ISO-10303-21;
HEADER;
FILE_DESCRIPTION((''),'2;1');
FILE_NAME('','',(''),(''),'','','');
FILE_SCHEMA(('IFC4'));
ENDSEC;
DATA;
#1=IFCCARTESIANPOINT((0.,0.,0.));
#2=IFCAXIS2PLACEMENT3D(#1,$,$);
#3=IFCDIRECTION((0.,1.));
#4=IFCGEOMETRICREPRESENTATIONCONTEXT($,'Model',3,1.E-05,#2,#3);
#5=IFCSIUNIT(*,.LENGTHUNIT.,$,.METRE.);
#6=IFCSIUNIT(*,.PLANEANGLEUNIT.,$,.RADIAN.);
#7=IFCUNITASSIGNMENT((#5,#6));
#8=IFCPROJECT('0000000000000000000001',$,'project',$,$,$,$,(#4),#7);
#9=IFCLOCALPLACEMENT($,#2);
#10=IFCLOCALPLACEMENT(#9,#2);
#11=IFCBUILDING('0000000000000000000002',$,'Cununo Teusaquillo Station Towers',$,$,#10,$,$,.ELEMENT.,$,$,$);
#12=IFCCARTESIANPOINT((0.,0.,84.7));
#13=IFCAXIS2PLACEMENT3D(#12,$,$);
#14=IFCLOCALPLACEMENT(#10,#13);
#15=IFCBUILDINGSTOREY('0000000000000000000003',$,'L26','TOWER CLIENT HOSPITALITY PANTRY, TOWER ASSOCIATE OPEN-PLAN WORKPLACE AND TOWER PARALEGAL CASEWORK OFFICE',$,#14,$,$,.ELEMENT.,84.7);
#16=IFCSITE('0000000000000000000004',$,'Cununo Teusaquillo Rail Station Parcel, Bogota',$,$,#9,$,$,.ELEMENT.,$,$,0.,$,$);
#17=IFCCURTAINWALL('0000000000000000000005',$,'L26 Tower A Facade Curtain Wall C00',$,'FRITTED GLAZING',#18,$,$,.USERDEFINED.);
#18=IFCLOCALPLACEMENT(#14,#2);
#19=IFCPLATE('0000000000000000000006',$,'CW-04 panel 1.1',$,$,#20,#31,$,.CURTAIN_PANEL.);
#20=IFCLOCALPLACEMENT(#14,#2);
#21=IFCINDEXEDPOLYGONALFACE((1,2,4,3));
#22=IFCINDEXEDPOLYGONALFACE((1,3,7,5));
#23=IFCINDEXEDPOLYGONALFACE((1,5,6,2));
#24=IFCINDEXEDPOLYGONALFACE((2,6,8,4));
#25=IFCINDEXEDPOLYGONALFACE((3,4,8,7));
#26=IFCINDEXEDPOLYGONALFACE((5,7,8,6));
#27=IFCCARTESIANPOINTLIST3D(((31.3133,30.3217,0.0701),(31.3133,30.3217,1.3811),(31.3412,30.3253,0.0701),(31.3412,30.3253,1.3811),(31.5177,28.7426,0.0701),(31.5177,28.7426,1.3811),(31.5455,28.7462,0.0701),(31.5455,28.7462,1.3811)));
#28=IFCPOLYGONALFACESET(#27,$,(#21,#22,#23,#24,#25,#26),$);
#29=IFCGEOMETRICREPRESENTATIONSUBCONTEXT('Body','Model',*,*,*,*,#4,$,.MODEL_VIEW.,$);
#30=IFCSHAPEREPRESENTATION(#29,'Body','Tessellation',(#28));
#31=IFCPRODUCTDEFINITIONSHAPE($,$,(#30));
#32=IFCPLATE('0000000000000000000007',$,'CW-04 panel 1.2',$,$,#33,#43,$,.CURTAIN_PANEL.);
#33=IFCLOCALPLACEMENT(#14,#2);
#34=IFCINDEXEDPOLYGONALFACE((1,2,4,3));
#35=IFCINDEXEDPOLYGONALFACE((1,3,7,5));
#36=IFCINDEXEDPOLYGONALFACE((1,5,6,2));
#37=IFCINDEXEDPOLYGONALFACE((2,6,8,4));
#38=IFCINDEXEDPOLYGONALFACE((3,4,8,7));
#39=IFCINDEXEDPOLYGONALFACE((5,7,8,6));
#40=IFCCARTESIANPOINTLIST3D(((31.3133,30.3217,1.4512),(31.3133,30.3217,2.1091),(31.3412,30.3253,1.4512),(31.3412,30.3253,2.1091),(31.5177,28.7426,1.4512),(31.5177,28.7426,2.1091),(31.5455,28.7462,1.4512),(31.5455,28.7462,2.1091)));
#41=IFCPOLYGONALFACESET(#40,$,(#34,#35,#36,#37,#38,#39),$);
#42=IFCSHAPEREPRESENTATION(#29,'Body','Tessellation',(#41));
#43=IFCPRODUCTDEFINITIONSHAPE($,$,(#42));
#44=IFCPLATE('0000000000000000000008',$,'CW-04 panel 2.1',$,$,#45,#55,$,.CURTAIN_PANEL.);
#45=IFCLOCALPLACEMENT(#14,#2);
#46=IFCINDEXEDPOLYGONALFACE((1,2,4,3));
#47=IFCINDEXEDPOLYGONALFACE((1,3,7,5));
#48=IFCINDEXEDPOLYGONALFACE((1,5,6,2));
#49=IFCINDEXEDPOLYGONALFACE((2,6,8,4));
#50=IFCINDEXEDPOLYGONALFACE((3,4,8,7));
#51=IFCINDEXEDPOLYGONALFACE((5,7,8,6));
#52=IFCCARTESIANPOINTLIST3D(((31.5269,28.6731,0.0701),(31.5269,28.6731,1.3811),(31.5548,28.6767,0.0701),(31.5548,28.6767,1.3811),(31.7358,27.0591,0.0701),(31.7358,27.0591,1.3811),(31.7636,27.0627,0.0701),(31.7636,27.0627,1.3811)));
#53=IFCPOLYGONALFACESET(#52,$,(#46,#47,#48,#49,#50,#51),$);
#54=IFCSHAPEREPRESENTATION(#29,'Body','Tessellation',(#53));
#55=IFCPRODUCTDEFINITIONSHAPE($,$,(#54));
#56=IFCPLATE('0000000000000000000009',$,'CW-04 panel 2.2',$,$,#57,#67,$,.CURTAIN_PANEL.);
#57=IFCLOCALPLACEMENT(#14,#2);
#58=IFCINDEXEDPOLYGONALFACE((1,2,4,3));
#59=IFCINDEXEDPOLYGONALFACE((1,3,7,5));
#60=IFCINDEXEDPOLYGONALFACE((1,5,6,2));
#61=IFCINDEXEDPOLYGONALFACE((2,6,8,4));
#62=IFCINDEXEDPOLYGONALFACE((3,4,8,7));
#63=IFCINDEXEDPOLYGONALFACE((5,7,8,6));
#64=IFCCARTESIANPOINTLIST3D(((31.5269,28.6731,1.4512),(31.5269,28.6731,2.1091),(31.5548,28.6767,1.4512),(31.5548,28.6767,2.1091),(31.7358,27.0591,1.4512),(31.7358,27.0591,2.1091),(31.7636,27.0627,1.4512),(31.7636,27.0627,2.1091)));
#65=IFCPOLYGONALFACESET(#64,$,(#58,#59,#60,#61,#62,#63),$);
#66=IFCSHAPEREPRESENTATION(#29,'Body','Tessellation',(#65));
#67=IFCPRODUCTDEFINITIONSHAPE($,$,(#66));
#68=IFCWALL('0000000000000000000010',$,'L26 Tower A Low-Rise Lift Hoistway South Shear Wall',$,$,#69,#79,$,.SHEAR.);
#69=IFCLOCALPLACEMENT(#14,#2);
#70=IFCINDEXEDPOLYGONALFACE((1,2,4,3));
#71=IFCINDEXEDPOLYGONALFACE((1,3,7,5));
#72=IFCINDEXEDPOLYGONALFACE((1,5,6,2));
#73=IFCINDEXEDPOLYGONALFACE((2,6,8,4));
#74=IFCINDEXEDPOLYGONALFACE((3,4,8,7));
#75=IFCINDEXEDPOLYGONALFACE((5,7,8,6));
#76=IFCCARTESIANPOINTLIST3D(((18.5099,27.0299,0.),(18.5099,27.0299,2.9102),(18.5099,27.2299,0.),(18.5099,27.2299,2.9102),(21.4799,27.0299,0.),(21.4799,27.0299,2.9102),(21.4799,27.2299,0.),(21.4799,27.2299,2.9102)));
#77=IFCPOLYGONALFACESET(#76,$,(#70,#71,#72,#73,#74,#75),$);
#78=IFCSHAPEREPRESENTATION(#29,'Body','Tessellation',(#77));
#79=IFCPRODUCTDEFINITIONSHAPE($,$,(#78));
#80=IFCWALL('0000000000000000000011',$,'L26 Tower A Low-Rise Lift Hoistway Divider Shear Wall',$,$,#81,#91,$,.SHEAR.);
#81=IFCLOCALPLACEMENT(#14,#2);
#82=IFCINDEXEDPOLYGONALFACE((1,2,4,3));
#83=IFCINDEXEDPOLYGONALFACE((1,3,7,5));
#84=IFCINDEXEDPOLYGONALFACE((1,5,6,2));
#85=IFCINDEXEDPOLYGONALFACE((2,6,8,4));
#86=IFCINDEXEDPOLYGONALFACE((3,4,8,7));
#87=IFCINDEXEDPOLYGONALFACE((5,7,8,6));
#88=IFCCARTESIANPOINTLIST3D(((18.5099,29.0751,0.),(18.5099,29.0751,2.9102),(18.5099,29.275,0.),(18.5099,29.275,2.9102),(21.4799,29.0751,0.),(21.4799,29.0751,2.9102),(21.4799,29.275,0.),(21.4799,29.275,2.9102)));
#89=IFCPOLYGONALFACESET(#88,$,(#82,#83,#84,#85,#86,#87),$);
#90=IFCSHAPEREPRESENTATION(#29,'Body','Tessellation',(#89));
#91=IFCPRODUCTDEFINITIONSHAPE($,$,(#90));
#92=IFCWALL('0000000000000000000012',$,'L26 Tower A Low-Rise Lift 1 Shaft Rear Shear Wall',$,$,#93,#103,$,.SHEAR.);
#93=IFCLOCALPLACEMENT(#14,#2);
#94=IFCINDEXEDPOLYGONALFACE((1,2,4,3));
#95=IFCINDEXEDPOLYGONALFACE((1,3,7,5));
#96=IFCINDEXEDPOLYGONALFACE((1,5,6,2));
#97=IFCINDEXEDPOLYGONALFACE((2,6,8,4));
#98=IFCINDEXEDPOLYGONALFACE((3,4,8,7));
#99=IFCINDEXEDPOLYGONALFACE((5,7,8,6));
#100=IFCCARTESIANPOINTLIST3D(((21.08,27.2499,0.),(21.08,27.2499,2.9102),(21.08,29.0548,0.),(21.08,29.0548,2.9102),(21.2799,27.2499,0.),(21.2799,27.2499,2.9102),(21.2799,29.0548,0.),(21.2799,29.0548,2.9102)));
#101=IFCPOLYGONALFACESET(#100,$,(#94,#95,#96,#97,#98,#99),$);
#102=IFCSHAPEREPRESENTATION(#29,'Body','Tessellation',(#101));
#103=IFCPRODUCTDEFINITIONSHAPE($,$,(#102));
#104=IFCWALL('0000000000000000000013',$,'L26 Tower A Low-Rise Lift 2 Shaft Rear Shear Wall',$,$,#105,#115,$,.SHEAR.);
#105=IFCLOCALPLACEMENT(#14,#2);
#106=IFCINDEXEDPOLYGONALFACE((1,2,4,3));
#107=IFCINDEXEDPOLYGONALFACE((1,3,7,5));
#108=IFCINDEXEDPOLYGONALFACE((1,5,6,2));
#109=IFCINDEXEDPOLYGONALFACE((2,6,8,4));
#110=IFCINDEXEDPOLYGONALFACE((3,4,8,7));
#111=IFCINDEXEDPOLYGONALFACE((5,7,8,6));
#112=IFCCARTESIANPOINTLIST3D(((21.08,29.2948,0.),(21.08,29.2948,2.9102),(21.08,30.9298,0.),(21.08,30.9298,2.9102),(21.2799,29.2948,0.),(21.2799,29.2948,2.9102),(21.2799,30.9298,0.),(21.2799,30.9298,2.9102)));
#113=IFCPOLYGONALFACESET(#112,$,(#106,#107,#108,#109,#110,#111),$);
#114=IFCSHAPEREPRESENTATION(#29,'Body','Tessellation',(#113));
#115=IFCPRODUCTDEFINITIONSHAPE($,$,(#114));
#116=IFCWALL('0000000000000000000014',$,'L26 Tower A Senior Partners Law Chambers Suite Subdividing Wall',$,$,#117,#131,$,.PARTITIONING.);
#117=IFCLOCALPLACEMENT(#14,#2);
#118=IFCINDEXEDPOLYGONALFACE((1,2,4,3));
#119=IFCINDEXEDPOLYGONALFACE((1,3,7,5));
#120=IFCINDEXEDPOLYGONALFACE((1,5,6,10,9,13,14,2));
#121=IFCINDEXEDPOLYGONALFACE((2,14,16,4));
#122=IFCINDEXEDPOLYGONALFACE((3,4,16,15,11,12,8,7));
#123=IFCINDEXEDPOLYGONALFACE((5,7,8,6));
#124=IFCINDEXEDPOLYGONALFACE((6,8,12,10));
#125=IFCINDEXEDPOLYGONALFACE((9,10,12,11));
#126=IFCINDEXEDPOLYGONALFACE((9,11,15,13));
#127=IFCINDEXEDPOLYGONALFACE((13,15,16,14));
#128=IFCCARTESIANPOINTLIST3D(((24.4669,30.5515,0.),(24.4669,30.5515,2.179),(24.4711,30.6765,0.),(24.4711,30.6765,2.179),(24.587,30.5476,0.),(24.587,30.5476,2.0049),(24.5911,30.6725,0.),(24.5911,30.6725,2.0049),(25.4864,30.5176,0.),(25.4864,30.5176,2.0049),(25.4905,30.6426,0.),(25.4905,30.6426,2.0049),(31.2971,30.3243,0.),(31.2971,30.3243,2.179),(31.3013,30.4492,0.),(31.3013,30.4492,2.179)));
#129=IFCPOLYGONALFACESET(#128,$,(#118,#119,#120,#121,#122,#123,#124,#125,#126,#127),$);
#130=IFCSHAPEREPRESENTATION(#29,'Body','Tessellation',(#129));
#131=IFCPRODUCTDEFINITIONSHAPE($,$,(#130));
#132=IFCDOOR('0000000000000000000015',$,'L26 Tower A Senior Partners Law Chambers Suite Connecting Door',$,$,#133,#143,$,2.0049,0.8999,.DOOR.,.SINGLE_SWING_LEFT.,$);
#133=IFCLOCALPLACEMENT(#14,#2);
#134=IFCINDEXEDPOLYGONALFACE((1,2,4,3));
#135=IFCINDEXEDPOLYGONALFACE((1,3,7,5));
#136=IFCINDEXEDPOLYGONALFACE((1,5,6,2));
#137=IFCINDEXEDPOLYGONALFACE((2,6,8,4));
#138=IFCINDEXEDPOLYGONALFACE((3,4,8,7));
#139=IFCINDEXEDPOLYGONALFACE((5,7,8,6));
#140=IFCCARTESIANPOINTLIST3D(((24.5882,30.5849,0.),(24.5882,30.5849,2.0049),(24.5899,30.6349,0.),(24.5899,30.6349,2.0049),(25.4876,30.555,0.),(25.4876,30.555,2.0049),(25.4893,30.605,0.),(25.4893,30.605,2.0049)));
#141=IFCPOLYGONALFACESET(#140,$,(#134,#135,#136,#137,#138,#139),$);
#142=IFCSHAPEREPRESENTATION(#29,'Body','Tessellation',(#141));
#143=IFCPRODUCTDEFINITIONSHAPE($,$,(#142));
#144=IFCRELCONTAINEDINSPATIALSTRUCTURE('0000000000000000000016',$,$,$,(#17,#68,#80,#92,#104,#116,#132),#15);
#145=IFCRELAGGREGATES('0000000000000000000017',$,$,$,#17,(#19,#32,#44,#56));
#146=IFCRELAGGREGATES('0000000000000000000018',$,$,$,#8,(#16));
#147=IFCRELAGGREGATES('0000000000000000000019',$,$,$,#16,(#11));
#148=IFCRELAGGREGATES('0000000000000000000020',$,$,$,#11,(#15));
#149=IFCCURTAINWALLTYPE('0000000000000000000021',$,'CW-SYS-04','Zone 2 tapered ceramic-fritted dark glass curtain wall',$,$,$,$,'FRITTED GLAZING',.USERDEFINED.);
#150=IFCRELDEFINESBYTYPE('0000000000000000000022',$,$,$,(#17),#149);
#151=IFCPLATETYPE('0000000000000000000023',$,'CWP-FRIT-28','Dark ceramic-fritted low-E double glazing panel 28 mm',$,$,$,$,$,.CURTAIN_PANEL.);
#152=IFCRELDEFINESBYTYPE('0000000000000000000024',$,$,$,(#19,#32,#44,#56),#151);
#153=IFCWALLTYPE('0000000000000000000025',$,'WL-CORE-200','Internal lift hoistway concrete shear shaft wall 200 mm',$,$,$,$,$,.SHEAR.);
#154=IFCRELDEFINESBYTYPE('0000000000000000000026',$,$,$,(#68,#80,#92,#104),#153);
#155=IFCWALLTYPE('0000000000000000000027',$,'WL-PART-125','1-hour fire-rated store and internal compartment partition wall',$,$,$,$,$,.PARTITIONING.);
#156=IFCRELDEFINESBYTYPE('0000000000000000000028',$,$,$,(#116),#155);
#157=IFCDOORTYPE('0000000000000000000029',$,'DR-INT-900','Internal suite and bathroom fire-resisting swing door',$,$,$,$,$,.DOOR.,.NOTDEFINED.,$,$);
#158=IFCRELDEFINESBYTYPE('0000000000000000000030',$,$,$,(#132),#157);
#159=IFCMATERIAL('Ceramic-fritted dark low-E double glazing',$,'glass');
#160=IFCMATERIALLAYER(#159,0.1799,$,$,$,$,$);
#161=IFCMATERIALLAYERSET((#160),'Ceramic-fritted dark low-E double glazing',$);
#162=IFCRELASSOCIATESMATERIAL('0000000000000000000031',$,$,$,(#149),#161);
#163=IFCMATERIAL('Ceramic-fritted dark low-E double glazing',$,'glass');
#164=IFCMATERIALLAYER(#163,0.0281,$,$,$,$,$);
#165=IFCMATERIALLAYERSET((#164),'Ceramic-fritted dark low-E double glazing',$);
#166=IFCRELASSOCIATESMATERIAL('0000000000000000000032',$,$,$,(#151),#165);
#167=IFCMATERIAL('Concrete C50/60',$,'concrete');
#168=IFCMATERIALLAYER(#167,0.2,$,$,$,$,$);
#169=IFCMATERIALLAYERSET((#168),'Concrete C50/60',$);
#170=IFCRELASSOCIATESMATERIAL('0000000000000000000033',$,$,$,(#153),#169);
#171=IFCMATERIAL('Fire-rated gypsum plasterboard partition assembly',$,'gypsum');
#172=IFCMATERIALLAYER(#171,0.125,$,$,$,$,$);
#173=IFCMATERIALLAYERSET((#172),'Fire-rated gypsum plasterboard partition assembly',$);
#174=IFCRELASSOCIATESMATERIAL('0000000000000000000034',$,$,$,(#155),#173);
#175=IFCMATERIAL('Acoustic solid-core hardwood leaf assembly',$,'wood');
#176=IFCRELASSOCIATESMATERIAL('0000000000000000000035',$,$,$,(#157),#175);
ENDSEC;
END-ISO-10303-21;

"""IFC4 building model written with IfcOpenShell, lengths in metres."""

from ifc_helpers import new_model, si_unit, direction, frame, frame_2d, origin, origin_2d, place, context, subcontext, project, spatial, rectangle, extrude, source, transform, mapped, material, layer, layer_set, type_object, element, fill, aggregate, save


model = new_model("IFC4")

# Units and contexts
model_context = context("Model", 3, precision=1e-05, world=origin(), true_north=direction((0.0, 1.0)))
body_context = subcontext(model_context, "Body", "Model", "MODEL_VIEW")
ifc_project = project(units=[si_unit("LENGTHUNIT", "METRE"), si_unit("PLANEANGLEUNIT", "RADIAN")], contexts=[model_context])

# Site, building, storey
site_placement = place(None, origin())
site = spatial("IfcSite", under=ifc_project, at=site_placement, Name="Cununo Teusaquillo Rail Station Parcel, Bogota", CompositionType="ELEMENT", RefElevation=0.0)
building_placement = place(site_placement, origin())
building = spatial("IfcBuilding", under=site, at=building_placement, Name="Cununo Teusaquillo Station Towers", CompositionType="ELEMENT")
storey_placement = place(building_placement, frame((0.0, 0.0, 84.7)))
storey = spatial("IfcBuildingStorey", under=building, at=storey_placement, Name="L26", Description="TOWER CLIENT HOSPITALITY PANTRY, TOWER ASSOCIATE OPEN-PLAN WORKPLACE AND TOWER PARALEGAL CASEWORK OFFICE", CompositionType="ELEMENT", Elevation=84.7)

# Curtain wall, plates
ifc_material_1 = material(Name="Ceramic-fritted dark low-E double glazing", Category="glass")
ifc_layer_1 = layer(ifc_material_1, 0.1799)
ifc_layer_set_1 = layer_set([ifc_layer_1], Name="Ceramic-fritted dark low-E double glazing")
curtain_wall_type = type_object("IfcCurtainWallType", Name="CW-SYS-04", Description="Zone 2 tapered ceramic-fritted dark glass curtain wall", ElementType="FRITTED GLAZING", PredefinedType="USERDEFINED", material=ifc_layer_set_1)
curtain_wall_placement = place(storey_placement, origin())
curtain_wall = element("IfcCurtainWall", 1, at=curtain_wall_placement, inside=storey, type_object=curtain_wall_type, Name="L26 Tower A Facade Curtain Wall C00", ObjectType="FRITTED GLAZING", PredefinedType="USERDEFINED")
ifc_material_2 = material(Name="Ceramic-fritted dark low-E double glazing", Category="glass")
ifc_layer_2 = layer(ifc_material_2, 0.0281)
ifc_layer_set_2 = layer_set([ifc_layer_2], Name="Ceramic-fritted dark low-E double glazing")
plate_type = type_object("IfcPlateType", Name="CWP-FRIT-28", Description="Dark ceramic-fritted low-E double glazing panel 28 mm", PredefinedType="CURTAIN_PANEL", material=ifc_layer_set_2)
shared_shape_1 = source(origin(), body_context, "Body", "SweptSolid", [
    extrude(rectangle(XDim=1.5923, YDim=0.0281, at=origin_2d()), origin(), (0.0, 0.0, 1.0), 1.311),
])
plate_1_placement = place(storey_placement, frame((31.4294, 29.5339, 0.0701), z_axis=(0.0, 0.0, 1.0), x_axis=(0.128336, -0.991731, 0.0)))
plate_1 = element("IfcPlate", 2, at=plate_1_placement, type_object=plate_type, Name="CW-04 panel 1.1", PredefinedType="CURTAIN_PANEL", context=body_context, shape_type="MappedRepresentation", body=[
    mapped(shared_shape_1, transform((0.0, 0.0, 0.0), x_axis=(1.0, 0.0, 0.0), y_axis=(0.0, 1.0, 0.0), z_axis=(0.0, 0.0, 1.0), scale=1.0)),
])
shared_shape_2 = source(origin(), body_context, "Body", "SweptSolid", [
    extrude(rectangle(XDim=1.5923, YDim=0.0281, at=origin_2d()), origin(), (0.0, 0.0, 1.0), 0.658),
])
plate_2_placement = place(storey_placement, frame((31.4294, 29.5339, 1.4512), z_axis=(0.0, 0.0, 1.0), x_axis=(0.128336, -0.991731, 0.0)))
plate_2 = element("IfcPlate", 3, at=plate_2_placement, type_object=plate_type, Name="CW-04 panel 1.2", PredefinedType="CURTAIN_PANEL", context=body_context, shape_type="MappedRepresentation", body=[
    mapped(shared_shape_2, transform((0.0, 0.0, 0.0), x_axis=(1.0, 0.0, 0.0), y_axis=(0.0, 1.0, 0.0), z_axis=(0.0, 0.0, 1.0), scale=1.0)),
])
shared_shape_3 = source(origin(), body_context, "Body", "SweptSolid", [
    extrude(rectangle(XDim=1.6274, YDim=0.0281, at=origin_2d()), origin(), (0.0, 0.0, 1.0), 1.311),
])
plate_3_placement = place(storey_placement, frame((31.6453, 27.8679, 0.0701), z_axis=(0.0, 0.0, 1.0), x_axis=(0.128336, -0.991731, 0.0)))
plate_3 = element("IfcPlate", 4, at=plate_3_placement, type_object=plate_type, Name="CW-04 panel 2.1", PredefinedType="CURTAIN_PANEL", context=body_context, shape_type="MappedRepresentation", body=[
    mapped(shared_shape_3, transform((0.0, 0.0, 0.0), x_axis=(1.0, 0.0, 0.0), y_axis=(0.0, 1.0, 0.0), z_axis=(0.0, 0.0, 1.0), scale=1.0)),
])
shared_shape_4 = source(origin(), body_context, "Body", "SweptSolid", [
    extrude(rectangle(XDim=1.6274, YDim=0.0281, at=origin_2d()), origin(), (0.0, 0.0, 1.0), 0.658),
])
plate_4_placement = place(storey_placement, frame((31.6453, 27.8679, 1.4512), z_axis=(0.0, 0.0, 1.0), x_axis=(0.128336, -0.991731, 0.0)))
plate_4 = element("IfcPlate", 5, at=plate_4_placement, type_object=plate_type, Name="CW-04 panel 2.2", PredefinedType="CURTAIN_PANEL", context=body_context, shape_type="MappedRepresentation", body=[
    mapped(shared_shape_4, transform((0.0, 0.0, 0.0), x_axis=(1.0, 0.0, 0.0), y_axis=(0.0, 1.0, 0.0), z_axis=(0.0, 0.0, 1.0), scale=1.0)),
])
aggregate(curtain_wall, [plate_1, plate_2, plate_3, plate_4])

# Walls
ifc_material_3 = material(Name="Concrete C50/60", Category="concrete")
ifc_layer_3 = layer(ifc_material_3, 0.2)
ifc_layer_set_3 = layer_set([ifc_layer_3], Name="Concrete C50/60")
wall_type_1 = type_object("IfcWallType", Name="WL-CORE-200", Description="Internal lift hoistway concrete shear shaft wall 200 mm", PredefinedType="SHEAR", material=ifc_layer_set_3)
for number, where, z_axis, x_axis, name in (
    (6, (18.51, 27.1299, 0.0), (0.0, 0.0, 1.0), (1.0, 0.0, 0.0), "L26 Tower A Low-Rise Lift Hoistway South Shear Wall"),
    (7, (18.51, 29.175, 0.0), (0.0, 0.0, 1.0), (1.0, 0.0, 0.0), "L26 Tower A Low-Rise Lift Hoistway Divider Shear Wall"),
):
    element("IfcWall", number, at=place(storey_placement, frame(where, z_axis=z_axis, x_axis=x_axis)), inside=storey, type_object=wall_type_1, Name=name, PredefinedType="SHEAR", context=body_context, shape_type="SweptSolid", body=[
        extrude(rectangle(XDim=2.97, YDim=0.2, at=frame_2d((1.4849, 0.0))), origin(), (0.0, 0.0, 1.0), 2.9102),
    ])
wall_1_placement = place(storey_placement, frame((21.1799, 27.25, 0.0), z_axis=(0.0, 0.0, 1.0), x_axis=(0.0, 1.0, 0.0)))
element("IfcWall", 8, at=wall_1_placement, inside=storey, type_object=wall_type_1, Name="L26 Tower A Low-Rise Lift 1 Shaft Rear Shear Wall", PredefinedType="SHEAR", context=body_context, shape_type="SweptSolid", body=[
    extrude(rectangle(XDim=1.8049, YDim=0.2, at=frame_2d((0.9023, 0.0))), origin(), (0.0, 0.0, 1.0), 2.9102),
])
wall_2_placement = place(storey_placement, frame((21.1799, 29.2949, 0.0), z_axis=(0.0, 0.0, 1.0), x_axis=(0.0, 1.0, 0.0)))
element("IfcWall", 9, at=wall_2_placement, inside=storey, type_object=wall_type_1, Name="L26 Tower A Low-Rise Lift 2 Shaft Rear Shear Wall", PredefinedType="SHEAR", context=body_context, shape_type="SweptSolid", body=[
    extrude(rectangle(XDim=1.635, YDim=0.2, at=frame_2d((0.8174, 0.0))), origin(), (0.0, 0.0, 1.0), 2.9102),
])

# Wall, opening, door
ifc_material_4 = material(Name="Fire-rated gypsum plasterboard partition assembly", Category="gypsum")
ifc_layer_4 = layer(ifc_material_4, 0.125)
ifc_layer_set_4 = layer_set([ifc_layer_4], Name="Fire-rated gypsum plasterboard partition assembly")
wall_type_2 = type_object("IfcWallType", Name="WL-PART-125", Description="1-hour fire-rated store and internal compartment partition wall", PredefinedType="PARTITIONING", material=ifc_layer_set_4)
wall_3_placement = place(storey_placement, frame((24.469, 30.614, 0.0), z_axis=(0.0, 0.0, 1.0), x_axis=(0.999447, -0.033259, 0.0)))
wall_3 = element("IfcWall", 10, at=wall_3_placement, inside=storey, type_object=wall_type_2, Name="L26 Tower A Senior Partners Law Chambers Suite Subdividing Wall", PredefinedType="PARTITIONING", context=body_context, shape_type="SweptSolid", body=[
    extrude(rectangle(XDim=6.834, YDim=0.125, at=frame_2d((3.417, 0.0))), origin(), (0.0, 0.0, 1.0), 2.179),
])
shared_shape_5 = source(origin(), body_context, "Body", "SweptSolid", [
    extrude(rectangle(XDim=0.8999, YDim=2.0049, at=frame_2d((0.45, 1.0024))), frame((0.0, 0.0725, 0.0), z_axis=(0.0, -1.0, 0.0), x_axis=(1.0, 0.0, 0.0)), (0.0, 0.0, 1.0), 0.145),
])
opening_1_placement = place(wall_3_placement, frame((0.1201, 0.0, 0.0)))
opening_1 = element("IfcOpeningElement", 11, at=opening_1_placement, cuts=wall_3, PredefinedType="OPENING", context=body_context, shape_type="MappedRepresentation", body=[
    mapped(shared_shape_5, transform((0.0, 0.0, 0.0), x_axis=(1.0, 0.0, 0.0), y_axis=(0.0, 1.0, 0.0), z_axis=(0.0, 0.0, 1.0), scale=1.0)),
])
ifc_material_5 = material(Name="Acoustic solid-core hardwood leaf assembly", Category="wood")
door_type_1 = type_object("IfcDoorType", Name="DR-INT-900", Description="Internal suite and bathroom fire-resisting swing door", OperationType="NOTDEFINED", PredefinedType="DOOR", material=ifc_material_5)
shared_shape_6 = source(origin(), body_context, "Body", "SweptSolid", [
    extrude(rectangle(XDim=0.8999, YDim=2.0049, at=frame_2d((0.45, 1.0024))), frame((0.0, 0.0249, 0.0), z_axis=(0.0, -1.0, 0.0), x_axis=(1.0, 0.0, 0.0)), (0.0, 0.0, 1.0), 0.05),
])
door_1_placement = place(opening_1_placement, origin())
door_1 = element("IfcDoor", 12, at=door_1_placement, inside=storey, type_object=door_type_1, Name="L26 Tower A Senior Partners Law Chambers Suite Connecting Door", OperationType="SINGLE_SWING_LEFT", OverallHeight=2.0049, OverallWidth=0.8999, PredefinedType="DOOR", context=body_context, shape_type="MappedRepresentation", body=[
    mapped(shared_shape_6, transform((0.0, 0.0, 0.0), x_axis=(1.0, 0.0, 0.0), y_axis=(0.0, 1.0, 0.0), z_axis=(0.0, 0.0, 1.0), scale=1.0)),
])
fill(opening_1, door_1)

save(model, "model.ifc")
